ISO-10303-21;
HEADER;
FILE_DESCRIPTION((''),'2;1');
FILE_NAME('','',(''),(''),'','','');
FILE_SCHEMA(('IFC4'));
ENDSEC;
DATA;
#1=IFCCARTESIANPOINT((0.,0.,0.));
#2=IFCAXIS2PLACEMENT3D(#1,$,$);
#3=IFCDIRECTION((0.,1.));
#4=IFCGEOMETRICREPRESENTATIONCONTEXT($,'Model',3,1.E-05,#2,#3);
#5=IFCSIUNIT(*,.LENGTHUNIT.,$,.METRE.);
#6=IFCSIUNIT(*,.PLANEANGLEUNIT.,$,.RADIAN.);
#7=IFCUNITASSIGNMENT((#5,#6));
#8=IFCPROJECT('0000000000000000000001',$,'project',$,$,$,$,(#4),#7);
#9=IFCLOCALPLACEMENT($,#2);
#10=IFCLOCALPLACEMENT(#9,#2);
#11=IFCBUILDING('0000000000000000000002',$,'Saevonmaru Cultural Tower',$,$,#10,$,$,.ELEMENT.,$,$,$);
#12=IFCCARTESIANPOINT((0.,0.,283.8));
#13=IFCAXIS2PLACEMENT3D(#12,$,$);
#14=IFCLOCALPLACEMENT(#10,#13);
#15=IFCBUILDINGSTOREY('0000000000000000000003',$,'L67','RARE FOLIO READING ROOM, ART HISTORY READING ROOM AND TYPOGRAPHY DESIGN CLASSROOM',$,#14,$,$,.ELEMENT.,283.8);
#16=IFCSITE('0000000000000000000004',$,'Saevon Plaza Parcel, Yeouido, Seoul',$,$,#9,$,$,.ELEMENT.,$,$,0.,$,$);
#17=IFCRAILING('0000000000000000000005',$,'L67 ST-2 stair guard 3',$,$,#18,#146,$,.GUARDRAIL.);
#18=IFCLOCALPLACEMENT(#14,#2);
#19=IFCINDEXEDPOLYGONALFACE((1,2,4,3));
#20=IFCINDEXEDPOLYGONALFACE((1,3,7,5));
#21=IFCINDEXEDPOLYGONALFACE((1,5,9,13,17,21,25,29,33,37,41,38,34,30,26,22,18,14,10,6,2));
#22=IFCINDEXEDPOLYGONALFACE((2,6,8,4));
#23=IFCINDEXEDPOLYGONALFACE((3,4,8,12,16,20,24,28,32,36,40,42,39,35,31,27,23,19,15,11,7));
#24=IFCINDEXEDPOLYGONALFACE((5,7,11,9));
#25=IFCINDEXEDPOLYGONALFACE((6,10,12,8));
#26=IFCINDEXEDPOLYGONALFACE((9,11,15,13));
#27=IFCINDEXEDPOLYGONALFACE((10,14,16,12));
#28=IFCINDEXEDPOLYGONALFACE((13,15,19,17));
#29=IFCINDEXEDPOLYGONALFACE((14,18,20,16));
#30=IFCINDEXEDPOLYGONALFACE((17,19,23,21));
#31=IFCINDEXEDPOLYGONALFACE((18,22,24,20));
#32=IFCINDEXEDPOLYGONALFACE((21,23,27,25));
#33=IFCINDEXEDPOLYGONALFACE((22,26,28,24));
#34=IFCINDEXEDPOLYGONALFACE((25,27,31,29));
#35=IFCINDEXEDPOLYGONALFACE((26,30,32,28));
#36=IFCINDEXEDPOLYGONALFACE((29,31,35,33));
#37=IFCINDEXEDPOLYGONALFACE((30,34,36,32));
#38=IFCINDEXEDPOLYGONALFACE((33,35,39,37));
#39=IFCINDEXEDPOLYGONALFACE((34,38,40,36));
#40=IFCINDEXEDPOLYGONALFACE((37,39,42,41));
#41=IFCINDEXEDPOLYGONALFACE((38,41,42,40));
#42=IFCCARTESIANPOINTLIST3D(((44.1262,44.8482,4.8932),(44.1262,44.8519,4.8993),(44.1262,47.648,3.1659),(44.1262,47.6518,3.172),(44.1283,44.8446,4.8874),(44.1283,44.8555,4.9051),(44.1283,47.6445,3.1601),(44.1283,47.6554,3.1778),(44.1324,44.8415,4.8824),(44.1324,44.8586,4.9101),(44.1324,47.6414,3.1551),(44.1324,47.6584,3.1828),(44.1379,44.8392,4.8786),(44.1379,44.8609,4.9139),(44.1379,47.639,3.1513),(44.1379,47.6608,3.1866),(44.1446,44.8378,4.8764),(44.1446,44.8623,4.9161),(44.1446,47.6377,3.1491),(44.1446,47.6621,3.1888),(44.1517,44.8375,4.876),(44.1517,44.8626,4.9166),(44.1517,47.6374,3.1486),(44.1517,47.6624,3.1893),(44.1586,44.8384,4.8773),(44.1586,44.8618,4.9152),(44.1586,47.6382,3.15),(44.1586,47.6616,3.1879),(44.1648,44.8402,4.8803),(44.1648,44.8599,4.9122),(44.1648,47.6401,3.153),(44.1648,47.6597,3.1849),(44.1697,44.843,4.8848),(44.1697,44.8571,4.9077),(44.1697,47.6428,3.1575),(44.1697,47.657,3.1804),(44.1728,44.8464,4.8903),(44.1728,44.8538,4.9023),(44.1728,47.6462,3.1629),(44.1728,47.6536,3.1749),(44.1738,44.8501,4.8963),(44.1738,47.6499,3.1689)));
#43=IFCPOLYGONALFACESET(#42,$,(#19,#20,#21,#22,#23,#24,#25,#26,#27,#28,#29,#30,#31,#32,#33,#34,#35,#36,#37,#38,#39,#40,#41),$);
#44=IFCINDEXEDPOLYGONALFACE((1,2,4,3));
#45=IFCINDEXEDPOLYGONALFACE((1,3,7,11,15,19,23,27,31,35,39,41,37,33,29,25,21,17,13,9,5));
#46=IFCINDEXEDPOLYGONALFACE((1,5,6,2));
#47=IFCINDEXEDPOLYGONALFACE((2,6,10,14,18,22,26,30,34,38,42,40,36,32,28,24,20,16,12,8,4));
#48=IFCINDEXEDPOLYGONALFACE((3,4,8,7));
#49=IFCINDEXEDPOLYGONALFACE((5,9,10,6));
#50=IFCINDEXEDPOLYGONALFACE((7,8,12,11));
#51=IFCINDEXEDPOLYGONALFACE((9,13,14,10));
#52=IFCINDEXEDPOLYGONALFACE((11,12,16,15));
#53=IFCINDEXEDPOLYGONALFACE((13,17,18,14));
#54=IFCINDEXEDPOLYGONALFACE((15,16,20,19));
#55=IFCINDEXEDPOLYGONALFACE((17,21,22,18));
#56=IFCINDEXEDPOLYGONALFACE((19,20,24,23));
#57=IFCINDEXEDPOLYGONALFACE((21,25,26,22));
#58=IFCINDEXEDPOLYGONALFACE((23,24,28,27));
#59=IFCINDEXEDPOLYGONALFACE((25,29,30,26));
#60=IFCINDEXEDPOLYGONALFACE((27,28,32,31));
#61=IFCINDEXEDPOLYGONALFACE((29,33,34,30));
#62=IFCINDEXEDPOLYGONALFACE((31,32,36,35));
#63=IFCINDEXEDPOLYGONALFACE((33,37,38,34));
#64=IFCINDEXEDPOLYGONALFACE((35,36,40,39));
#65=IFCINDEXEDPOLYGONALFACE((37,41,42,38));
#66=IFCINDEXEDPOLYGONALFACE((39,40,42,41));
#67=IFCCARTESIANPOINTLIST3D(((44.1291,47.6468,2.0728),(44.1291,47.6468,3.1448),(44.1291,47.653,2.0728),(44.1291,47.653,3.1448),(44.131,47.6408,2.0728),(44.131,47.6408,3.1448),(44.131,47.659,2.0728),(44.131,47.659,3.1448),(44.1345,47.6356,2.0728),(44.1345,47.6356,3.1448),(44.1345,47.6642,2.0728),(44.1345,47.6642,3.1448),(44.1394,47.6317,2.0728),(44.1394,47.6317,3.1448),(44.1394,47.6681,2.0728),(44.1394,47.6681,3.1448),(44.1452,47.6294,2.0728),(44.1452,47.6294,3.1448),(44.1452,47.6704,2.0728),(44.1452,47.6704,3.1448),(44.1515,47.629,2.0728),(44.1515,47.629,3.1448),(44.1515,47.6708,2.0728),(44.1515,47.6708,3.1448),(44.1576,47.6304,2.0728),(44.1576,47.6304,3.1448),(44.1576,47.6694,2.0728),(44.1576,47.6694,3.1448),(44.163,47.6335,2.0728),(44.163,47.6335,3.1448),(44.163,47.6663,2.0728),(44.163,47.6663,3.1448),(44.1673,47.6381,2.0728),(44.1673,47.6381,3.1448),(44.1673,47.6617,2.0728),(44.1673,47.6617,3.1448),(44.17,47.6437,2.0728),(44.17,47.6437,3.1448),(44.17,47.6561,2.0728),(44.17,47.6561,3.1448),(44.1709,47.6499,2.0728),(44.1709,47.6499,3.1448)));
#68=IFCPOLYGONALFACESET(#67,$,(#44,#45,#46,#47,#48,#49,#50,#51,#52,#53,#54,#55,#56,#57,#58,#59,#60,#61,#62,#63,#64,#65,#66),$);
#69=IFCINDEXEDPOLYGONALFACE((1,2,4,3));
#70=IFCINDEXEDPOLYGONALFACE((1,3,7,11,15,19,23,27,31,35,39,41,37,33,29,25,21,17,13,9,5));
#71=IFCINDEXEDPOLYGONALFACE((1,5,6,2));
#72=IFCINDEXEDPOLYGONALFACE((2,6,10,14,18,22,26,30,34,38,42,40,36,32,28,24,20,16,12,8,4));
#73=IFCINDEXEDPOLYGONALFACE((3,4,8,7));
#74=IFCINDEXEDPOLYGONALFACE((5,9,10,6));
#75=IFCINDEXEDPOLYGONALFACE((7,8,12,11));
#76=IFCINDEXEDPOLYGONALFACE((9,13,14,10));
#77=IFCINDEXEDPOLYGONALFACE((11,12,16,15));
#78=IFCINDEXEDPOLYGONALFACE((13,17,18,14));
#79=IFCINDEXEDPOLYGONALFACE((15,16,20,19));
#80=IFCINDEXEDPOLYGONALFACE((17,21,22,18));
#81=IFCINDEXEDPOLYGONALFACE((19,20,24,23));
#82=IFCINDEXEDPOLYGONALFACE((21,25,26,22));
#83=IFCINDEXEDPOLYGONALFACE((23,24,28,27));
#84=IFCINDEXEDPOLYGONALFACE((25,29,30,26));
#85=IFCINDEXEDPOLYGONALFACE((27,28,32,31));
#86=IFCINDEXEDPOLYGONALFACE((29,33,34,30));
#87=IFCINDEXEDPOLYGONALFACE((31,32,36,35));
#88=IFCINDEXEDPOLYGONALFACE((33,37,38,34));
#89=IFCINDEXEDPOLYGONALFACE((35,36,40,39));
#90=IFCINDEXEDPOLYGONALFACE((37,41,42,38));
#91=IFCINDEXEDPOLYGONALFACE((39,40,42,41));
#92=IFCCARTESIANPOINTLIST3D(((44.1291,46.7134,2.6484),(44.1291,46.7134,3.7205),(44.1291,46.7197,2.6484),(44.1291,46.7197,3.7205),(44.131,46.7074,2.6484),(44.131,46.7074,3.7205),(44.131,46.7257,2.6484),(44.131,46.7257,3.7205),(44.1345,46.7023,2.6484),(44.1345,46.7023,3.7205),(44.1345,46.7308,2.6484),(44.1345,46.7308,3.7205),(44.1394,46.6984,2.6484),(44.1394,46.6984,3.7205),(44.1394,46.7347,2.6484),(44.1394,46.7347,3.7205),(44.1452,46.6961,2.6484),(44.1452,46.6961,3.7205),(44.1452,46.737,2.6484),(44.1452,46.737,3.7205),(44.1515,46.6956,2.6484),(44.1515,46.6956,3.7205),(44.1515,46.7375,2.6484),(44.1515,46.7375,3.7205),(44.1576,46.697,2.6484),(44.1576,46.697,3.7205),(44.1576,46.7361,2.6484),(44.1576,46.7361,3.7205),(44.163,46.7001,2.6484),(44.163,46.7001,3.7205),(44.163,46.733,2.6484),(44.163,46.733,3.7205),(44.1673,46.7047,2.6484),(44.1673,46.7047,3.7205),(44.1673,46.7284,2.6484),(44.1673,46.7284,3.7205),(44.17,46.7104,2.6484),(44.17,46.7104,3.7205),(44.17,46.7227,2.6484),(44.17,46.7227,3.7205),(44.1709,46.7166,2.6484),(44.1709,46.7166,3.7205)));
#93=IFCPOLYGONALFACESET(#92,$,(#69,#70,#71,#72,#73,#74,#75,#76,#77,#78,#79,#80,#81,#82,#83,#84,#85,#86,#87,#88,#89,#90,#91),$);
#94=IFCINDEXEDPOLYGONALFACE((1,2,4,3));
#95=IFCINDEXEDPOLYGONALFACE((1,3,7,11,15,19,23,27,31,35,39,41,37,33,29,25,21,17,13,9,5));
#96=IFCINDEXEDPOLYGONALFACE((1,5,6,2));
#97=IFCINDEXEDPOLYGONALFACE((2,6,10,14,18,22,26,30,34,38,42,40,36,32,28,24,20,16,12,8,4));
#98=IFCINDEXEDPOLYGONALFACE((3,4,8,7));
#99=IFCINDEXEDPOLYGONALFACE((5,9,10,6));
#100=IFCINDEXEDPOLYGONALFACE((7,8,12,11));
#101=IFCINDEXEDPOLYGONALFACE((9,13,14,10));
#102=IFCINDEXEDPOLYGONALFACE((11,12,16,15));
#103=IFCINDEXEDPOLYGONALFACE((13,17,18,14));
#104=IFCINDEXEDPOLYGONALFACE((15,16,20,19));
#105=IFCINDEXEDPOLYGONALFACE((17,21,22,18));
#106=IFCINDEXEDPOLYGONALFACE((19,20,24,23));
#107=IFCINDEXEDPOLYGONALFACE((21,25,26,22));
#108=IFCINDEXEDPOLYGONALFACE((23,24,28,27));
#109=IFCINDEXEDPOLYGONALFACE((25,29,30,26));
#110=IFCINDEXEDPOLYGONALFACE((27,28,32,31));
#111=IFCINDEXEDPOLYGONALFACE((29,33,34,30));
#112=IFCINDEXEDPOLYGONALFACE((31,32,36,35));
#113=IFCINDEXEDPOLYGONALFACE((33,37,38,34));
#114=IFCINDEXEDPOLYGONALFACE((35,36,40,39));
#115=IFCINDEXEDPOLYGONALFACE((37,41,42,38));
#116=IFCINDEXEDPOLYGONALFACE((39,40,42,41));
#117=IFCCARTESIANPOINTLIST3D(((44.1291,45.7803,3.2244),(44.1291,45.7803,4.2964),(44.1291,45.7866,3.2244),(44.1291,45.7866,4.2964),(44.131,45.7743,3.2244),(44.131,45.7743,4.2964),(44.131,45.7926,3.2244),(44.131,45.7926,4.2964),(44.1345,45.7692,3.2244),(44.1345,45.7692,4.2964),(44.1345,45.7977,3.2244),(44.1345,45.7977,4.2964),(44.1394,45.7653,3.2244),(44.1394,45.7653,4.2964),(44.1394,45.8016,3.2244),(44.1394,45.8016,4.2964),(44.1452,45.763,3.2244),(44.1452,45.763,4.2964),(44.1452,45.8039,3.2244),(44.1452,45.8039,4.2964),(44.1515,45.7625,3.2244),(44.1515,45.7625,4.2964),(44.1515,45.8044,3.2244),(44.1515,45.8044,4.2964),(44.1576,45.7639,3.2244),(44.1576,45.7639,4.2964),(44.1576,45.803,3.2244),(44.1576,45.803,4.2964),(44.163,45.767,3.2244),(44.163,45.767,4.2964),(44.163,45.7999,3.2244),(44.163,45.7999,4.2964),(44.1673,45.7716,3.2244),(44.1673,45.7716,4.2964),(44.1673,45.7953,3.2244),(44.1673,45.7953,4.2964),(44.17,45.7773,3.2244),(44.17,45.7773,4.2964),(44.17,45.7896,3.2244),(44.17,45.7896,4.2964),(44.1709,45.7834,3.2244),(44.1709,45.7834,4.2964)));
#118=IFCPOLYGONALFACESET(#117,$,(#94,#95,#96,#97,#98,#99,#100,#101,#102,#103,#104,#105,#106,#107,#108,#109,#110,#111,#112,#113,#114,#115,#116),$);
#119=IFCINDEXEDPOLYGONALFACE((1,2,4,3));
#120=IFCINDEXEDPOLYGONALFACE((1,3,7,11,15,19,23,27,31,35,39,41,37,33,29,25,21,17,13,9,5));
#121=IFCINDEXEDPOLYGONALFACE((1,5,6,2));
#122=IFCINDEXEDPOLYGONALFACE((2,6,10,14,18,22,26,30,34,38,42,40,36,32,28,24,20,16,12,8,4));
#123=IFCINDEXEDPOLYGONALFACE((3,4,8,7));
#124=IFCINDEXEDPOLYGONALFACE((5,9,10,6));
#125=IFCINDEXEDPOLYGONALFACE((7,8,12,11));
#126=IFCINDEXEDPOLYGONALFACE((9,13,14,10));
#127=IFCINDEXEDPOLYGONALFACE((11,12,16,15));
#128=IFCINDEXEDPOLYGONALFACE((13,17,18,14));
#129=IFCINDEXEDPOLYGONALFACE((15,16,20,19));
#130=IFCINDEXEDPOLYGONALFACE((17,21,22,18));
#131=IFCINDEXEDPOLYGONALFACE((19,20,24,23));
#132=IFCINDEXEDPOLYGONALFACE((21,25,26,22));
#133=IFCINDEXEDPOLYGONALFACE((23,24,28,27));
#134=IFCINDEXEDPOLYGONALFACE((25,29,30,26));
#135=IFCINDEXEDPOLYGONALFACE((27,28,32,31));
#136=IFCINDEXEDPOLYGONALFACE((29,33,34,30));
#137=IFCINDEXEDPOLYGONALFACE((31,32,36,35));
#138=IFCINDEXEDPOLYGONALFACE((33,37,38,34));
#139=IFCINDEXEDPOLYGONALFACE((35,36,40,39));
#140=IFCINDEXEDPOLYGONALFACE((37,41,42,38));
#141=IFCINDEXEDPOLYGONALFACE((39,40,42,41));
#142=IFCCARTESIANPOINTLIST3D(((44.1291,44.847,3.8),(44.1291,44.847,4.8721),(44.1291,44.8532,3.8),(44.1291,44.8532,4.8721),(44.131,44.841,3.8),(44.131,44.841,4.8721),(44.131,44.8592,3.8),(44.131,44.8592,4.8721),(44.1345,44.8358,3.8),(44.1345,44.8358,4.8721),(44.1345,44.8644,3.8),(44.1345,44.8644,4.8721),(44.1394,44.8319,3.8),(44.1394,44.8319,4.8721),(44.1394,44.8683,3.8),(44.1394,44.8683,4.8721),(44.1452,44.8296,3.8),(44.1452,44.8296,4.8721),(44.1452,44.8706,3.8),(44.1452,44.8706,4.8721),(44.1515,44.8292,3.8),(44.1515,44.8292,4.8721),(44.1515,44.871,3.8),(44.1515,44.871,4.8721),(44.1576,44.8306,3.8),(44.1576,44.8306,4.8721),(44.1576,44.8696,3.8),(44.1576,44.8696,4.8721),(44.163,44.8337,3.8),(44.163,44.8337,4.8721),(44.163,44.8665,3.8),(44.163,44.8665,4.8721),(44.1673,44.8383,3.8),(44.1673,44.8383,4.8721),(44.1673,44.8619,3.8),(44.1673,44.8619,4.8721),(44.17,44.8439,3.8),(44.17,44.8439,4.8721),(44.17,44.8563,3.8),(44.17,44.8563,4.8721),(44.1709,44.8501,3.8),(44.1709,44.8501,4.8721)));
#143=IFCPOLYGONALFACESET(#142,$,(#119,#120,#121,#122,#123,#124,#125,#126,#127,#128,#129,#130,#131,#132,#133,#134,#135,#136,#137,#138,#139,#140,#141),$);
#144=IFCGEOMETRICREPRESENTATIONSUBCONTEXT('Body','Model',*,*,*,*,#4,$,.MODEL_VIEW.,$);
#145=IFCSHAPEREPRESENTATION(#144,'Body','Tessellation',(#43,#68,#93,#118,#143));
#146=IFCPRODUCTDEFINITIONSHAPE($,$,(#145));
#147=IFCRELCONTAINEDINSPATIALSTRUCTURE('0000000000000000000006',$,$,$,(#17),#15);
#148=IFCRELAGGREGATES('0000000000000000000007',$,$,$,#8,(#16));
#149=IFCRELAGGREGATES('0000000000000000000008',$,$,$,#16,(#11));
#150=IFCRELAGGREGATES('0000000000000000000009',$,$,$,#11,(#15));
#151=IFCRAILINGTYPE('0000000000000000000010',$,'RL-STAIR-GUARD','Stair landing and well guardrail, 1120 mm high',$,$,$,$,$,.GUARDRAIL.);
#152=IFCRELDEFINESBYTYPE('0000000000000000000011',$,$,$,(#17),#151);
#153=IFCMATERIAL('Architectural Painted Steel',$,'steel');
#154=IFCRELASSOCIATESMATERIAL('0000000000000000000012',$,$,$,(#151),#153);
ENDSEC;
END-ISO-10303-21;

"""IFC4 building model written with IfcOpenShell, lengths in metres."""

from ifc_helpers import new_model, si_unit, direction, frame, origin, origin_2d, place, context, subcontext, project, spatial, circle, extrude, material, type_object, element, save


model = new_model("IFC4")

# Units and contexts
model_context = context("Model", 3, precision=1e-05, world=origin(), true_north=direction((0.0, 1.0)))
body_context = subcontext(model_context, "Body", "Model", "MODEL_VIEW")
ifc_project = project(units=[si_unit("LENGTHUNIT", "METRE"), si_unit("PLANEANGLEUNIT", "RADIAN")], contexts=[model_context])

# Site, building, storey
site_placement = place(None, origin())
site = spatial("IfcSite", under=ifc_project, at=site_placement, Name="Saevon Plaza Parcel, Yeouido, Seoul", CompositionType="ELEMENT", RefElevation=0.0)
building_placement = place(site_placement, origin())
building = spatial("IfcBuilding", under=site, at=building_placement, Name="Saevonmaru Cultural Tower", CompositionType="ELEMENT")
storey_placement = place(building_placement, frame((0.0, 0.0, 283.8)))
storey = spatial("IfcBuildingStorey", under=building, at=storey_placement, Name="L67", Description="RARE FOLIO READING ROOM, ART HISTORY READING ROOM AND TYPOGRAPHY DESIGN CLASSROOM", CompositionType="ELEMENT", Elevation=283.8)

# Railing
ifc_material_1 = material(Name="Architectural Painted Steel", Category="steel")
railing_type_1 = type_object("IfcRailingType", Name="RL-STAIR-GUARD", Description="Stair landing and well guardrail, 1120 mm high", PredefinedType="GUARDRAIL", material=ifc_material_1)
railing_1_placement = place(storey_placement, frame((44.1499, 47.6499, 2.0728)))
element("IfcRailing", 1, at=railing_1_placement, inside=storey, type_object=railing_type_1, Name="L67 ST-2 stair guard 3", PredefinedType="GUARDRAIL", context=body_context, shape_type="SweptSolid", body=[
    extrude(circle(Radius=0.0239, at=origin_2d()), frame((0.0, 0.0, 1.0962), z_axis=(0.0, -0.851069, 0.525054), x_axis=(1.0, 0.0, 0.0)), (0.0, 0.0, 1.0), 3.2898),
    extrude(circle(Radius=0.021, at=origin_2d()), origin(), (0.0, 0.0, 1.0), 1.072),
    extrude(circle(Radius=0.021, at=origin_2d()), frame((0.0, -0.9333, 0.5757)), (0.0, 0.0, 1.0), 1.072),
    extrude(circle(Radius=0.021, at=origin_2d()), frame((0.0, -1.8665, 1.1516)), (0.0, 0.0, 1.0), 1.072),
    extrude(circle(Radius=0.021, at=origin_2d()), frame((0.0, -2.7998, 1.7273)), (0.0, 0.0, 1.0), 1.072),
])

save(model, "model.ifc")
